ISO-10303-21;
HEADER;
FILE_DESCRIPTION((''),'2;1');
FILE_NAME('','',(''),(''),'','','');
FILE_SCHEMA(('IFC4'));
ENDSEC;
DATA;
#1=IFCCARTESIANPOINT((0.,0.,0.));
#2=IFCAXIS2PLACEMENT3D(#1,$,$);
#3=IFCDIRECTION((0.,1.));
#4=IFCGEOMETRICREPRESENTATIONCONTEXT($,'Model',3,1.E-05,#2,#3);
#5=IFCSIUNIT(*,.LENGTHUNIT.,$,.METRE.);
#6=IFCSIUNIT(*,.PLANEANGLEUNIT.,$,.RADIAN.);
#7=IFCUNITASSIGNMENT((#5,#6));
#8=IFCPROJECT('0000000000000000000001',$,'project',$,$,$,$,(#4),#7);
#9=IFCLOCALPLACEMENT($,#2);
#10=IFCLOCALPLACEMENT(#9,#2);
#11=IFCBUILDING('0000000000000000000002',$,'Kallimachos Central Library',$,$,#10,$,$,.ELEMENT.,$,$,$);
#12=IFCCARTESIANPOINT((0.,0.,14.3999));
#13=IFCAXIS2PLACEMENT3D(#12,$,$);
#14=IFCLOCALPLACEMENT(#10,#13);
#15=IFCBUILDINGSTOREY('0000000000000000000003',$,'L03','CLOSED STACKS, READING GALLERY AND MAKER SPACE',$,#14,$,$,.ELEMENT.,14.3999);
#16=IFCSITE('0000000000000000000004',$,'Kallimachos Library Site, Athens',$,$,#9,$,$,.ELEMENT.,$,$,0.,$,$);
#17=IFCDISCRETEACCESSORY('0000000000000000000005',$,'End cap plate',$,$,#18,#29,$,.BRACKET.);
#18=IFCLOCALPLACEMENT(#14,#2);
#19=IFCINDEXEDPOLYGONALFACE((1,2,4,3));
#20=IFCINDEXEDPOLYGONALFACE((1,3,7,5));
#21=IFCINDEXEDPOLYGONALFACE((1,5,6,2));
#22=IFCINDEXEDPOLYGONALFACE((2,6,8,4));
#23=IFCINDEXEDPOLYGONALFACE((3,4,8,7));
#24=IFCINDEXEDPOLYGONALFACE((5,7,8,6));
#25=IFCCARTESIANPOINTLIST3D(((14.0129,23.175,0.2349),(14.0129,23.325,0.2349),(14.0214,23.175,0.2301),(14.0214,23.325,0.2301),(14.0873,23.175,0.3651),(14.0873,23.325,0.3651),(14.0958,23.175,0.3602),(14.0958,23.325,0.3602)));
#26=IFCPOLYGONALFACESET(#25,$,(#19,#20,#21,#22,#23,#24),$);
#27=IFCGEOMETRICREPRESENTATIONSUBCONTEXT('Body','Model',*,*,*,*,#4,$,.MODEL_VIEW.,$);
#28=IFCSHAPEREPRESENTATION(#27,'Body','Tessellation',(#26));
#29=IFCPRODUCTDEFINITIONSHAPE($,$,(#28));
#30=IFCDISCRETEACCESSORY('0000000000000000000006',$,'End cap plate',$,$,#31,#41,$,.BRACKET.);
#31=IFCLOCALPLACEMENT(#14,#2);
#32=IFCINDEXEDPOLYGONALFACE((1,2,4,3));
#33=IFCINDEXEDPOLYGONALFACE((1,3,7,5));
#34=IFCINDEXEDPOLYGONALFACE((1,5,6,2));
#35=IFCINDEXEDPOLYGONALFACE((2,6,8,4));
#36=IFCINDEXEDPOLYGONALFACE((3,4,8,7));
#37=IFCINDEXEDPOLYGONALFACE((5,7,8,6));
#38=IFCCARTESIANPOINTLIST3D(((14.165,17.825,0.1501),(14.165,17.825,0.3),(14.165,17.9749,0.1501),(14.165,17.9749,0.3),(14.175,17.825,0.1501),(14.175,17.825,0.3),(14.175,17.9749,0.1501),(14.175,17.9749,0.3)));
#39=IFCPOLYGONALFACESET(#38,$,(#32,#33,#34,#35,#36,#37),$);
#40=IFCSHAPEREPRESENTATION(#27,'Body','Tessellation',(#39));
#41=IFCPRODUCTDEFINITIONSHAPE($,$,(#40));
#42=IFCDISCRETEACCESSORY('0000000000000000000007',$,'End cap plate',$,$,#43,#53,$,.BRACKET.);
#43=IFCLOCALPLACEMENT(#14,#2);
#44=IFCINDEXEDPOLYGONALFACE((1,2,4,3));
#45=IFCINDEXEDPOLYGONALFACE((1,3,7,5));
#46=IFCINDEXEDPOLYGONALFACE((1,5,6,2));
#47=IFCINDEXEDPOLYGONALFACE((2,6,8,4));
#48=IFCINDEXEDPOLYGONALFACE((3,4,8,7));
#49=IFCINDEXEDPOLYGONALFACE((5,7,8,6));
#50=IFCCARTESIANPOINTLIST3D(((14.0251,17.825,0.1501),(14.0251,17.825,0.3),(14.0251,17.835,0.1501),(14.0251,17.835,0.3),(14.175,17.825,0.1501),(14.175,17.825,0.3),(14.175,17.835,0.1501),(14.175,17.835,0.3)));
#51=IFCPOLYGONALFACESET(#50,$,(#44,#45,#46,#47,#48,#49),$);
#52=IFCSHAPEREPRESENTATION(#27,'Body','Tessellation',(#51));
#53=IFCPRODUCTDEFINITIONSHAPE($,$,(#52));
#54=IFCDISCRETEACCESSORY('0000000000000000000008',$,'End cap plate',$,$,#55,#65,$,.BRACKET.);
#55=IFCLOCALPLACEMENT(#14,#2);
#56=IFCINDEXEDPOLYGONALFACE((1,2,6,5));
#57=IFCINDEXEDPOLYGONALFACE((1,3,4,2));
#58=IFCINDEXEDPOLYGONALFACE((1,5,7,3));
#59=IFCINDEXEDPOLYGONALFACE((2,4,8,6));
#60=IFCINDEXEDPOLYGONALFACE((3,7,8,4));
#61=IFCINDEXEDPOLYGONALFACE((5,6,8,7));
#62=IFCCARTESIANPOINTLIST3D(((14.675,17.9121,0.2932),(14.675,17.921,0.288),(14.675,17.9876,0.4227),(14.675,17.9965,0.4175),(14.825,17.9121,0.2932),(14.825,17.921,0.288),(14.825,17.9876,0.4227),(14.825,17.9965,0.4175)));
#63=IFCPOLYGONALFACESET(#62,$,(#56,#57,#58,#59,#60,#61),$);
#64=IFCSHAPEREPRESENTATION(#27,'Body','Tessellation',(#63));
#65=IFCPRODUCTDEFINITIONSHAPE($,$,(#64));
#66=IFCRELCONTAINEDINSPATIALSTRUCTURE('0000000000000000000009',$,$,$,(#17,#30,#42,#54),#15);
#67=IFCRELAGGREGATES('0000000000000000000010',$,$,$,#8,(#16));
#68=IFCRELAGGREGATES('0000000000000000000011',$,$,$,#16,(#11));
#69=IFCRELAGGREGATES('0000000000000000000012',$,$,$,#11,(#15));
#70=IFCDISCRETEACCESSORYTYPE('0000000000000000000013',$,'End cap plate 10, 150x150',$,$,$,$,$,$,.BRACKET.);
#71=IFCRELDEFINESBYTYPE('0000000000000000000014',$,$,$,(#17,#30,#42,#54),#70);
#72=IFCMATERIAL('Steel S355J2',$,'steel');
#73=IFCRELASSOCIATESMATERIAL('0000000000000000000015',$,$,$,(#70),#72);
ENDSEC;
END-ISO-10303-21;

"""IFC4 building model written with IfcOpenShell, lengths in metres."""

from ifc_helpers import new_model, si_unit, direction, frame, origin, origin_2d, place, context, subcontext, project, spatial, rectangle, extrude, material, material_profile, profile_set, type_object, element, save


model = new_model("IFC4")

# Units and contexts
model_context = context("Model", 3, precision=1e-05, world=origin(), true_north=direction((0.0, 1.0)))
body_context = subcontext(model_context, "Body", "Model", "MODEL_VIEW")
ifc_project = project(units=[si_unit("LENGTHUNIT", "METRE"), si_unit("PLANEANGLEUNIT", "RADIAN")], contexts=[model_context])

# Site, building, storey
site_placement = place(None, origin())
site = spatial("IfcSite", under=ifc_project, at=site_placement, Name="Kallimachos Library Site, Athens", CompositionType="ELEMENT", RefElevation=0.0)
building_placement = place(site_placement, origin())
building = spatial("IfcBuilding", under=site, at=building_placement, Name="Kallimachos Central Library", CompositionType="ELEMENT")
storey_placement = place(building_placement, frame((0.0, 0.0, 14.3999)))
storey = spatial("IfcBuildingStorey", under=building, at=storey_placement, Name="L03", Description="CLOSED STACKS, READING GALLERY AND MAKER SPACE", CompositionType="ELEMENT", Elevation=14.3999)

# Discrete accessories
ifc_material_1 = material(Name="Steel S355J2", Category="steel")
ifc_material_profile_1 = material_profile(ifc_material_1, rectangle(XDim=0.1499, YDim=0.1499, at=origin_2d()), Name="End cap plate 10, 150x150")
ifc_profile_set_1 = profile_set([ifc_material_profile_1], Name="Steel S355J2")
discrete_accessory_type = type_object("IfcDiscreteAccessoryType", Name="End cap plate 10, 150x150", PredefinedType="BRACKET", material=ifc_profile_set_1)
for number, where, z_axis, x_axis, name in (
    (1, (14.0586, 23.25, 0.2952), (-0.868243, 0.0, 0.496139), (0.0, -1.0, 0.0), "End cap plate"),
):
    element("IfcDiscreteAccessory", number, at=place(storey_placement, frame(where, z_axis=z_axis, x_axis=x_axis)), inside=storey, type_object=discrete_accessory_type, Name=name, PredefinedType="BRACKET", context=body_context, shape_type="SweptSolid", body=[
        extrude(rectangle(XDim=0.1499, YDim=0.1499, at=origin_2d()), origin(), (0.0, 0.0, 1.0), 0.0098),
    ])
for number, where, z_axis, x_axis, name in (
    (2, (14.165, 17.8999, 0.2251), (1.0, 0.0, 0.0), (0.0, 1.0, 0.0), "End cap plate"),
    (3, (14.1001, 17.825, 0.2251), (0.0, 1.0, 0.0), (-1.0, 0.0, 0.0), "End cap plate"),
):
    element("IfcDiscreteAccessory", number, at=place(storey_placement, frame(where, z_axis=z_axis, x_axis=x_axis)), inside=storey, type_object=discrete_accessory_type, Name=name, PredefinedType="BRACKET", context=body_context, shape_type="SweptSolid", body=[
        extrude(rectangle(XDim=0.1499, YDim=0.1499, at=origin_2d()), origin(), (0.0, 0.0, 1.0), 0.01),
    ])
discrete_accessory_placement = place(storey_placement, frame((14.75, 17.9587, 0.3528), z_axis=(0.0, -0.863779, 0.503871), x_axis=(1.0, 0.0, 0.0)))
element("IfcDiscreteAccessory", 4, at=discrete_accessory_placement, inside=storey, type_object=discrete_accessory_type, Name="End cap plate", PredefinedType="BRACKET", context=body_context, shape_type="SweptSolid", body=[
    extrude(rectangle(XDim=0.1499, YDim=0.1499, at=origin_2d()), origin(), (0.0, 0.0, 1.0), 0.0103),
])

save(model, "model.ifc")
